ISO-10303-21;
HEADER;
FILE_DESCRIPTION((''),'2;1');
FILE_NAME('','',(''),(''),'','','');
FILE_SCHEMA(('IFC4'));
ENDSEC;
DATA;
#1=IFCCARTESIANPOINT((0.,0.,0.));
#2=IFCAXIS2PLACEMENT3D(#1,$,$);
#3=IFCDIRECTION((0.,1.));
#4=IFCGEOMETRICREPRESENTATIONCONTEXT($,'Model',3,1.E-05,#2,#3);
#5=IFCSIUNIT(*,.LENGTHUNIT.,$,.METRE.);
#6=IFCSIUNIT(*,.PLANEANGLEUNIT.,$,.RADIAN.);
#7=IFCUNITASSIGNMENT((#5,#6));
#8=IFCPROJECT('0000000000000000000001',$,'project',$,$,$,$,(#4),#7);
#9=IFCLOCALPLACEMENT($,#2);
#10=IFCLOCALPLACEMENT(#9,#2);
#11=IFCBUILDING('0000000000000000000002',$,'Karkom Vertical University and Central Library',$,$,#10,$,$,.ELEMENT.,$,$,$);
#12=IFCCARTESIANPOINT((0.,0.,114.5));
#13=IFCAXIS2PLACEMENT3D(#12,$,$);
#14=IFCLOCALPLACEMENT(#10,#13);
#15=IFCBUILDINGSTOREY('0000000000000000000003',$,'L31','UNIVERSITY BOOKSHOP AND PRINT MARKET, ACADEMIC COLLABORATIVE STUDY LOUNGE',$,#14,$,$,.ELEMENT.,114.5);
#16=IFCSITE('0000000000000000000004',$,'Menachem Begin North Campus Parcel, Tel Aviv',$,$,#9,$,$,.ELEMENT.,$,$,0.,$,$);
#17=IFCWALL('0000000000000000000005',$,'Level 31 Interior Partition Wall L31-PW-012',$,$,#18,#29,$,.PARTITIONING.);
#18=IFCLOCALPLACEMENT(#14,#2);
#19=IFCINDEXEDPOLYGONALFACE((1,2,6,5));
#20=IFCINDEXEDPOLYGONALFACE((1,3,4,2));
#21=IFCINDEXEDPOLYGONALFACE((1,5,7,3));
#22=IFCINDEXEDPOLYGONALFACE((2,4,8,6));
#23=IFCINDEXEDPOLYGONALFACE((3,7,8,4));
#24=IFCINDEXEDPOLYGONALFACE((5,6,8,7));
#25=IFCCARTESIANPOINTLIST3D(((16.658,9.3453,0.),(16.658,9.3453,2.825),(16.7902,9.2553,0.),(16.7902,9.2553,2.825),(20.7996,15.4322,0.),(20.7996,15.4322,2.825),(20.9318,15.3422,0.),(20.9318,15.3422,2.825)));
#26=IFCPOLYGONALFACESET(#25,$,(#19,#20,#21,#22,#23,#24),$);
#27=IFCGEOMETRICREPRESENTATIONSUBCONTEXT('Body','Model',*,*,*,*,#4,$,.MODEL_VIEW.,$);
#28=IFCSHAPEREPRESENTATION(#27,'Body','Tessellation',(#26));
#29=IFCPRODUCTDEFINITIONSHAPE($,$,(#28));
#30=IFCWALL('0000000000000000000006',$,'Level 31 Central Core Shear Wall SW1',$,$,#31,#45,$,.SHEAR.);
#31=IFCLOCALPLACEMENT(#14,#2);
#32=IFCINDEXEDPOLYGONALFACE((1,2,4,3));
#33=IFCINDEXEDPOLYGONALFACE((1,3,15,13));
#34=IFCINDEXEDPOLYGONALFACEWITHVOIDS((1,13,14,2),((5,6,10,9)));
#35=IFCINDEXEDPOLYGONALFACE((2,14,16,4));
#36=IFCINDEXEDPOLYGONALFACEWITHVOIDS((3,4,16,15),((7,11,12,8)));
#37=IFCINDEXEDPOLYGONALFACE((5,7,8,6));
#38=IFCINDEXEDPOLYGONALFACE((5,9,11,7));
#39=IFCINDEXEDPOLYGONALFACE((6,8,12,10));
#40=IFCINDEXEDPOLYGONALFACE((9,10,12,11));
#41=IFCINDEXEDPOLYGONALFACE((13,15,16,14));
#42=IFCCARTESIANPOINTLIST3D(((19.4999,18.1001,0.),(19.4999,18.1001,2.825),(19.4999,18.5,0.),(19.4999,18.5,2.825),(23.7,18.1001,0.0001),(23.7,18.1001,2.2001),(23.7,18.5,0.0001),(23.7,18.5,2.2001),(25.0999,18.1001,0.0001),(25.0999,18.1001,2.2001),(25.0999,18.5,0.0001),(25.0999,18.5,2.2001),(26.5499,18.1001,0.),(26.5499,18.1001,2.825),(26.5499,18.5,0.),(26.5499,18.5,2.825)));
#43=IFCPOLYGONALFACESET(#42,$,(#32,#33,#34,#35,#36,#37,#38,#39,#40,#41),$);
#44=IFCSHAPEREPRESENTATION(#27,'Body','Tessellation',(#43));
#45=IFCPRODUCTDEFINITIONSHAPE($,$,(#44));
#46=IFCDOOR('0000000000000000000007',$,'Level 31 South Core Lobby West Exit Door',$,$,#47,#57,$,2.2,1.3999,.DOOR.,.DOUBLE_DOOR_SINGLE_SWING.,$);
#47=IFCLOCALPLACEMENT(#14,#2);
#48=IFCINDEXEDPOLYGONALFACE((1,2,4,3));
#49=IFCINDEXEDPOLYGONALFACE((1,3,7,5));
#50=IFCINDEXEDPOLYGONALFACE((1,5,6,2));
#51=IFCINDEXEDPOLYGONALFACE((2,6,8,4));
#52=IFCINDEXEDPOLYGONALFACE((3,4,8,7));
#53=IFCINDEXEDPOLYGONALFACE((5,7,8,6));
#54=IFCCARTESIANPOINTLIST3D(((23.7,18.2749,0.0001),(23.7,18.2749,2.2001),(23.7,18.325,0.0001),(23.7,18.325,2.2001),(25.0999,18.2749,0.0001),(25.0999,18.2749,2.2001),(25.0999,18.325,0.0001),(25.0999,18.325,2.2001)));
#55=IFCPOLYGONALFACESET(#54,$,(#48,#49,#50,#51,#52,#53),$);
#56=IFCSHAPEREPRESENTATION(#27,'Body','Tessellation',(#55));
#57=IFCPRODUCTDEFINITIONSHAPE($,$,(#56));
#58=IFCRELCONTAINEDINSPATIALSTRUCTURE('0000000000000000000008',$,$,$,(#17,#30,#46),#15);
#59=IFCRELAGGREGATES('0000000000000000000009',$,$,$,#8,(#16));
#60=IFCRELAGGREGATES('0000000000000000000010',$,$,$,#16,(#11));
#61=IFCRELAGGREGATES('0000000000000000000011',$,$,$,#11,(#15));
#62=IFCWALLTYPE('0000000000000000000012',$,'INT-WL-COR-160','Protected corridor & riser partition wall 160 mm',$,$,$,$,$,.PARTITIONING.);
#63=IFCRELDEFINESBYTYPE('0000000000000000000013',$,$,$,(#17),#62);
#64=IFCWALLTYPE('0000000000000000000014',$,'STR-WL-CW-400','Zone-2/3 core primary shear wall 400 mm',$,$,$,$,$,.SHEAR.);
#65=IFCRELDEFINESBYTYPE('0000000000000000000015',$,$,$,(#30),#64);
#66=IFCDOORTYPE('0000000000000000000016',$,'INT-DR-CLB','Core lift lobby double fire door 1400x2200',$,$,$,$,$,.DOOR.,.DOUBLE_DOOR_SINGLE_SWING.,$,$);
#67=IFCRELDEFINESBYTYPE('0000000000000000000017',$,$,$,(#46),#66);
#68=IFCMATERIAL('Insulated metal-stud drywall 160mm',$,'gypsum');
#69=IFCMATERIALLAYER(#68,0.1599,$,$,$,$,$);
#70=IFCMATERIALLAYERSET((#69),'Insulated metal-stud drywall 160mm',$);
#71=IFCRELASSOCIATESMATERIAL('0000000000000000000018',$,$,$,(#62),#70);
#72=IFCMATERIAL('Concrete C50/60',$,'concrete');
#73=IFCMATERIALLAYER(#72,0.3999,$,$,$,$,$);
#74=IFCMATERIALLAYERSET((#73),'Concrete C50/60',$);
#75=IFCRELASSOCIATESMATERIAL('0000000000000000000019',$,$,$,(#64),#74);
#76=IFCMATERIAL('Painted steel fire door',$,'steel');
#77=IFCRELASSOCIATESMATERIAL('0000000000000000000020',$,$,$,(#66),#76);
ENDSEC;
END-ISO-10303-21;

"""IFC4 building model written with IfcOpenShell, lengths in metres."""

from ifc_helpers import new_model, si_unit, direction, frame, frame_2d, origin, origin_with_axes, place, context, subcontext, project, spatial, rectangle, extrude, source, transform, mapped, material, layer, layer_set, type_object, element, fill, save


model = new_model("IFC4")

# Units and contexts
model_context = context("Model", 3, precision=1e-05, world=origin(), true_north=direction((0.0, 1.0)))
body_context = subcontext(model_context, "Body", "Model", "MODEL_VIEW")
ifc_project = project(units=[si_unit("LENGTHUNIT", "METRE"), si_unit("PLANEANGLEUNIT", "RADIAN")], contexts=[model_context])

# Site, building, storey
site_placement = place(None, origin())
site = spatial("IfcSite", under=ifc_project, at=site_placement, Name="Menachem Begin North Campus Parcel, Tel Aviv", CompositionType="ELEMENT", RefElevation=0.0)
building_placement = place(site_placement, origin())
building = spatial("IfcBuilding", under=site, at=building_placement, Name="Karkom Vertical University and Central Library", CompositionType="ELEMENT")
storey_placement = place(building_placement, frame((0.0, 0.0, 114.5)))
storey = spatial("IfcBuildingStorey", under=building, at=storey_placement, Name="L31", Description="UNIVERSITY BOOKSHOP AND PRINT MARKET, ACADEMIC COLLABORATIVE STUDY LOUNGE", CompositionType="ELEMENT", Elevation=114.5)

# Shared definitions
ifc_material_1 = material(Name="Concrete C50/60", Category="concrete")

# Shared definitions
ifc_material_2 = material(Name="Insulated metal-stud drywall 160mm", Category="gypsum")
ifc_layer_1 = layer(ifc_material_2, 0.1599)
ifc_layer_set_1 = layer_set([ifc_layer_1], Name="Insulated metal-stud drywall 160mm")
wall_type_1 = type_object("IfcWallType", Name="INT-WL-COR-160", Description="Protected corridor & riser partition wall 160 mm", PredefinedType="PARTITIONING", material=ifc_layer_set_1)

# Wall
wall_1_placement = place(storey_placement, frame((20.8657, 15.3872, 0.0), z_axis=(0.0, 0.0, 1.0), x_axis=(-0.562542, -0.826769, 0.0)))
element("IfcWall", 1, at=wall_1_placement, inside=storey, type_object=wall_type_1, Name="Level 31 Interior Partition Wall L31-PW-012", PredefinedType="PARTITIONING", context=body_context, shape_type="SweptSolid", body=[
    extrude(rectangle(XDim=7.3623, YDim=0.1599, at=frame_2d((3.6812, 0.0))), origin(), (0.0, 0.0, 1.0), 2.825),
])

# Wall, opening, door
ifc_layer_2 = layer(ifc_material_1, 0.3999)
ifc_layer_set_2 = layer_set([ifc_layer_2], Name="Concrete C50/60")
wall_type_2 = type_object("IfcWallType", Name="STR-WL-CW-400", Description="Zone-2/3 core primary shear wall 400 mm", PredefinedType="SHEAR", material=ifc_layer_set_2)
wall_2_placement = place(storey_placement, frame((19.5, 18.3, 0.0), z_axis=(0.0, 0.0, 1.0), x_axis=(1.0, 0.0, 0.0)))
wall_2 = element("IfcWall", 2, at=wall_2_placement, inside=storey, type_object=wall_type_2, Name="Level 31 Central Core Shear Wall SW1", PredefinedType="SHEAR", context=body_context, shape_type="SweptSolid", body=[
    extrude(rectangle(XDim=7.05, YDim=0.3999, at=frame_2d((3.5249, 0.0))), origin(), (0.0, 0.0, 1.0), 2.825),
])
opening_1_placement = place(wall_2_placement, frame((4.2, 0.0, 0.0)))
opening_1 = element("IfcOpeningElement", 3, at=opening_1_placement, cuts=wall_2, PredefinedType="OPENING", context=body_context, shape_type="SweptSolid", body=[
    extrude(rectangle(XDim=1.3999, YDim=2.2, at=frame_2d((0.7, 1.1001))), frame((0.0, 0.21, 0.0), z_axis=(0.0, -1.0, 0.0), x_axis=(1.0, 0.0, 0.0)), (0.0, 0.0, 1.0), 0.4199),
])
ifc_material_3 = material(Name="Painted steel fire door", Category="steel")
door_type_1 = type_object("IfcDoorType", Name="INT-DR-CLB", Description="Core lift lobby double fire door 1400x2200", OperationType="DOUBLE_DOOR_SINGLE_SWING", PredefinedType="DOOR", material=ifc_material_3)
shared_shape_1 = source(origin_with_axes(), body_context, "Body", "SweptSolid", [
    extrude(rectangle(XDim=1.3999, YDim=2.2, at=frame_2d((0.7, 1.1001))), frame((0.0, 0.0249, 0.0), z_axis=(0.0, -1.0, 0.0), x_axis=(1.0, 0.0, 0.0)), (0.0, 0.0, 1.0), 0.05),
])
door_1_placement = place(opening_1_placement, origin())
door_1 = element("IfcDoor", 4, at=door_1_placement, inside=storey, type_object=door_type_1, Name="Level 31 South Core Lobby West Exit Door", OperationType="DOUBLE_DOOR_SINGLE_SWING", OverallHeight=2.2, OverallWidth=1.3999, PredefinedType="DOOR", context=body_context, shape_type="MappedRepresentation", body=[
    mapped(shared_shape_1, transform((0.0, 0.0, 0.0), scale=1.0)),
])
fill(opening_1, door_1)

save(model, "model.ifc")
